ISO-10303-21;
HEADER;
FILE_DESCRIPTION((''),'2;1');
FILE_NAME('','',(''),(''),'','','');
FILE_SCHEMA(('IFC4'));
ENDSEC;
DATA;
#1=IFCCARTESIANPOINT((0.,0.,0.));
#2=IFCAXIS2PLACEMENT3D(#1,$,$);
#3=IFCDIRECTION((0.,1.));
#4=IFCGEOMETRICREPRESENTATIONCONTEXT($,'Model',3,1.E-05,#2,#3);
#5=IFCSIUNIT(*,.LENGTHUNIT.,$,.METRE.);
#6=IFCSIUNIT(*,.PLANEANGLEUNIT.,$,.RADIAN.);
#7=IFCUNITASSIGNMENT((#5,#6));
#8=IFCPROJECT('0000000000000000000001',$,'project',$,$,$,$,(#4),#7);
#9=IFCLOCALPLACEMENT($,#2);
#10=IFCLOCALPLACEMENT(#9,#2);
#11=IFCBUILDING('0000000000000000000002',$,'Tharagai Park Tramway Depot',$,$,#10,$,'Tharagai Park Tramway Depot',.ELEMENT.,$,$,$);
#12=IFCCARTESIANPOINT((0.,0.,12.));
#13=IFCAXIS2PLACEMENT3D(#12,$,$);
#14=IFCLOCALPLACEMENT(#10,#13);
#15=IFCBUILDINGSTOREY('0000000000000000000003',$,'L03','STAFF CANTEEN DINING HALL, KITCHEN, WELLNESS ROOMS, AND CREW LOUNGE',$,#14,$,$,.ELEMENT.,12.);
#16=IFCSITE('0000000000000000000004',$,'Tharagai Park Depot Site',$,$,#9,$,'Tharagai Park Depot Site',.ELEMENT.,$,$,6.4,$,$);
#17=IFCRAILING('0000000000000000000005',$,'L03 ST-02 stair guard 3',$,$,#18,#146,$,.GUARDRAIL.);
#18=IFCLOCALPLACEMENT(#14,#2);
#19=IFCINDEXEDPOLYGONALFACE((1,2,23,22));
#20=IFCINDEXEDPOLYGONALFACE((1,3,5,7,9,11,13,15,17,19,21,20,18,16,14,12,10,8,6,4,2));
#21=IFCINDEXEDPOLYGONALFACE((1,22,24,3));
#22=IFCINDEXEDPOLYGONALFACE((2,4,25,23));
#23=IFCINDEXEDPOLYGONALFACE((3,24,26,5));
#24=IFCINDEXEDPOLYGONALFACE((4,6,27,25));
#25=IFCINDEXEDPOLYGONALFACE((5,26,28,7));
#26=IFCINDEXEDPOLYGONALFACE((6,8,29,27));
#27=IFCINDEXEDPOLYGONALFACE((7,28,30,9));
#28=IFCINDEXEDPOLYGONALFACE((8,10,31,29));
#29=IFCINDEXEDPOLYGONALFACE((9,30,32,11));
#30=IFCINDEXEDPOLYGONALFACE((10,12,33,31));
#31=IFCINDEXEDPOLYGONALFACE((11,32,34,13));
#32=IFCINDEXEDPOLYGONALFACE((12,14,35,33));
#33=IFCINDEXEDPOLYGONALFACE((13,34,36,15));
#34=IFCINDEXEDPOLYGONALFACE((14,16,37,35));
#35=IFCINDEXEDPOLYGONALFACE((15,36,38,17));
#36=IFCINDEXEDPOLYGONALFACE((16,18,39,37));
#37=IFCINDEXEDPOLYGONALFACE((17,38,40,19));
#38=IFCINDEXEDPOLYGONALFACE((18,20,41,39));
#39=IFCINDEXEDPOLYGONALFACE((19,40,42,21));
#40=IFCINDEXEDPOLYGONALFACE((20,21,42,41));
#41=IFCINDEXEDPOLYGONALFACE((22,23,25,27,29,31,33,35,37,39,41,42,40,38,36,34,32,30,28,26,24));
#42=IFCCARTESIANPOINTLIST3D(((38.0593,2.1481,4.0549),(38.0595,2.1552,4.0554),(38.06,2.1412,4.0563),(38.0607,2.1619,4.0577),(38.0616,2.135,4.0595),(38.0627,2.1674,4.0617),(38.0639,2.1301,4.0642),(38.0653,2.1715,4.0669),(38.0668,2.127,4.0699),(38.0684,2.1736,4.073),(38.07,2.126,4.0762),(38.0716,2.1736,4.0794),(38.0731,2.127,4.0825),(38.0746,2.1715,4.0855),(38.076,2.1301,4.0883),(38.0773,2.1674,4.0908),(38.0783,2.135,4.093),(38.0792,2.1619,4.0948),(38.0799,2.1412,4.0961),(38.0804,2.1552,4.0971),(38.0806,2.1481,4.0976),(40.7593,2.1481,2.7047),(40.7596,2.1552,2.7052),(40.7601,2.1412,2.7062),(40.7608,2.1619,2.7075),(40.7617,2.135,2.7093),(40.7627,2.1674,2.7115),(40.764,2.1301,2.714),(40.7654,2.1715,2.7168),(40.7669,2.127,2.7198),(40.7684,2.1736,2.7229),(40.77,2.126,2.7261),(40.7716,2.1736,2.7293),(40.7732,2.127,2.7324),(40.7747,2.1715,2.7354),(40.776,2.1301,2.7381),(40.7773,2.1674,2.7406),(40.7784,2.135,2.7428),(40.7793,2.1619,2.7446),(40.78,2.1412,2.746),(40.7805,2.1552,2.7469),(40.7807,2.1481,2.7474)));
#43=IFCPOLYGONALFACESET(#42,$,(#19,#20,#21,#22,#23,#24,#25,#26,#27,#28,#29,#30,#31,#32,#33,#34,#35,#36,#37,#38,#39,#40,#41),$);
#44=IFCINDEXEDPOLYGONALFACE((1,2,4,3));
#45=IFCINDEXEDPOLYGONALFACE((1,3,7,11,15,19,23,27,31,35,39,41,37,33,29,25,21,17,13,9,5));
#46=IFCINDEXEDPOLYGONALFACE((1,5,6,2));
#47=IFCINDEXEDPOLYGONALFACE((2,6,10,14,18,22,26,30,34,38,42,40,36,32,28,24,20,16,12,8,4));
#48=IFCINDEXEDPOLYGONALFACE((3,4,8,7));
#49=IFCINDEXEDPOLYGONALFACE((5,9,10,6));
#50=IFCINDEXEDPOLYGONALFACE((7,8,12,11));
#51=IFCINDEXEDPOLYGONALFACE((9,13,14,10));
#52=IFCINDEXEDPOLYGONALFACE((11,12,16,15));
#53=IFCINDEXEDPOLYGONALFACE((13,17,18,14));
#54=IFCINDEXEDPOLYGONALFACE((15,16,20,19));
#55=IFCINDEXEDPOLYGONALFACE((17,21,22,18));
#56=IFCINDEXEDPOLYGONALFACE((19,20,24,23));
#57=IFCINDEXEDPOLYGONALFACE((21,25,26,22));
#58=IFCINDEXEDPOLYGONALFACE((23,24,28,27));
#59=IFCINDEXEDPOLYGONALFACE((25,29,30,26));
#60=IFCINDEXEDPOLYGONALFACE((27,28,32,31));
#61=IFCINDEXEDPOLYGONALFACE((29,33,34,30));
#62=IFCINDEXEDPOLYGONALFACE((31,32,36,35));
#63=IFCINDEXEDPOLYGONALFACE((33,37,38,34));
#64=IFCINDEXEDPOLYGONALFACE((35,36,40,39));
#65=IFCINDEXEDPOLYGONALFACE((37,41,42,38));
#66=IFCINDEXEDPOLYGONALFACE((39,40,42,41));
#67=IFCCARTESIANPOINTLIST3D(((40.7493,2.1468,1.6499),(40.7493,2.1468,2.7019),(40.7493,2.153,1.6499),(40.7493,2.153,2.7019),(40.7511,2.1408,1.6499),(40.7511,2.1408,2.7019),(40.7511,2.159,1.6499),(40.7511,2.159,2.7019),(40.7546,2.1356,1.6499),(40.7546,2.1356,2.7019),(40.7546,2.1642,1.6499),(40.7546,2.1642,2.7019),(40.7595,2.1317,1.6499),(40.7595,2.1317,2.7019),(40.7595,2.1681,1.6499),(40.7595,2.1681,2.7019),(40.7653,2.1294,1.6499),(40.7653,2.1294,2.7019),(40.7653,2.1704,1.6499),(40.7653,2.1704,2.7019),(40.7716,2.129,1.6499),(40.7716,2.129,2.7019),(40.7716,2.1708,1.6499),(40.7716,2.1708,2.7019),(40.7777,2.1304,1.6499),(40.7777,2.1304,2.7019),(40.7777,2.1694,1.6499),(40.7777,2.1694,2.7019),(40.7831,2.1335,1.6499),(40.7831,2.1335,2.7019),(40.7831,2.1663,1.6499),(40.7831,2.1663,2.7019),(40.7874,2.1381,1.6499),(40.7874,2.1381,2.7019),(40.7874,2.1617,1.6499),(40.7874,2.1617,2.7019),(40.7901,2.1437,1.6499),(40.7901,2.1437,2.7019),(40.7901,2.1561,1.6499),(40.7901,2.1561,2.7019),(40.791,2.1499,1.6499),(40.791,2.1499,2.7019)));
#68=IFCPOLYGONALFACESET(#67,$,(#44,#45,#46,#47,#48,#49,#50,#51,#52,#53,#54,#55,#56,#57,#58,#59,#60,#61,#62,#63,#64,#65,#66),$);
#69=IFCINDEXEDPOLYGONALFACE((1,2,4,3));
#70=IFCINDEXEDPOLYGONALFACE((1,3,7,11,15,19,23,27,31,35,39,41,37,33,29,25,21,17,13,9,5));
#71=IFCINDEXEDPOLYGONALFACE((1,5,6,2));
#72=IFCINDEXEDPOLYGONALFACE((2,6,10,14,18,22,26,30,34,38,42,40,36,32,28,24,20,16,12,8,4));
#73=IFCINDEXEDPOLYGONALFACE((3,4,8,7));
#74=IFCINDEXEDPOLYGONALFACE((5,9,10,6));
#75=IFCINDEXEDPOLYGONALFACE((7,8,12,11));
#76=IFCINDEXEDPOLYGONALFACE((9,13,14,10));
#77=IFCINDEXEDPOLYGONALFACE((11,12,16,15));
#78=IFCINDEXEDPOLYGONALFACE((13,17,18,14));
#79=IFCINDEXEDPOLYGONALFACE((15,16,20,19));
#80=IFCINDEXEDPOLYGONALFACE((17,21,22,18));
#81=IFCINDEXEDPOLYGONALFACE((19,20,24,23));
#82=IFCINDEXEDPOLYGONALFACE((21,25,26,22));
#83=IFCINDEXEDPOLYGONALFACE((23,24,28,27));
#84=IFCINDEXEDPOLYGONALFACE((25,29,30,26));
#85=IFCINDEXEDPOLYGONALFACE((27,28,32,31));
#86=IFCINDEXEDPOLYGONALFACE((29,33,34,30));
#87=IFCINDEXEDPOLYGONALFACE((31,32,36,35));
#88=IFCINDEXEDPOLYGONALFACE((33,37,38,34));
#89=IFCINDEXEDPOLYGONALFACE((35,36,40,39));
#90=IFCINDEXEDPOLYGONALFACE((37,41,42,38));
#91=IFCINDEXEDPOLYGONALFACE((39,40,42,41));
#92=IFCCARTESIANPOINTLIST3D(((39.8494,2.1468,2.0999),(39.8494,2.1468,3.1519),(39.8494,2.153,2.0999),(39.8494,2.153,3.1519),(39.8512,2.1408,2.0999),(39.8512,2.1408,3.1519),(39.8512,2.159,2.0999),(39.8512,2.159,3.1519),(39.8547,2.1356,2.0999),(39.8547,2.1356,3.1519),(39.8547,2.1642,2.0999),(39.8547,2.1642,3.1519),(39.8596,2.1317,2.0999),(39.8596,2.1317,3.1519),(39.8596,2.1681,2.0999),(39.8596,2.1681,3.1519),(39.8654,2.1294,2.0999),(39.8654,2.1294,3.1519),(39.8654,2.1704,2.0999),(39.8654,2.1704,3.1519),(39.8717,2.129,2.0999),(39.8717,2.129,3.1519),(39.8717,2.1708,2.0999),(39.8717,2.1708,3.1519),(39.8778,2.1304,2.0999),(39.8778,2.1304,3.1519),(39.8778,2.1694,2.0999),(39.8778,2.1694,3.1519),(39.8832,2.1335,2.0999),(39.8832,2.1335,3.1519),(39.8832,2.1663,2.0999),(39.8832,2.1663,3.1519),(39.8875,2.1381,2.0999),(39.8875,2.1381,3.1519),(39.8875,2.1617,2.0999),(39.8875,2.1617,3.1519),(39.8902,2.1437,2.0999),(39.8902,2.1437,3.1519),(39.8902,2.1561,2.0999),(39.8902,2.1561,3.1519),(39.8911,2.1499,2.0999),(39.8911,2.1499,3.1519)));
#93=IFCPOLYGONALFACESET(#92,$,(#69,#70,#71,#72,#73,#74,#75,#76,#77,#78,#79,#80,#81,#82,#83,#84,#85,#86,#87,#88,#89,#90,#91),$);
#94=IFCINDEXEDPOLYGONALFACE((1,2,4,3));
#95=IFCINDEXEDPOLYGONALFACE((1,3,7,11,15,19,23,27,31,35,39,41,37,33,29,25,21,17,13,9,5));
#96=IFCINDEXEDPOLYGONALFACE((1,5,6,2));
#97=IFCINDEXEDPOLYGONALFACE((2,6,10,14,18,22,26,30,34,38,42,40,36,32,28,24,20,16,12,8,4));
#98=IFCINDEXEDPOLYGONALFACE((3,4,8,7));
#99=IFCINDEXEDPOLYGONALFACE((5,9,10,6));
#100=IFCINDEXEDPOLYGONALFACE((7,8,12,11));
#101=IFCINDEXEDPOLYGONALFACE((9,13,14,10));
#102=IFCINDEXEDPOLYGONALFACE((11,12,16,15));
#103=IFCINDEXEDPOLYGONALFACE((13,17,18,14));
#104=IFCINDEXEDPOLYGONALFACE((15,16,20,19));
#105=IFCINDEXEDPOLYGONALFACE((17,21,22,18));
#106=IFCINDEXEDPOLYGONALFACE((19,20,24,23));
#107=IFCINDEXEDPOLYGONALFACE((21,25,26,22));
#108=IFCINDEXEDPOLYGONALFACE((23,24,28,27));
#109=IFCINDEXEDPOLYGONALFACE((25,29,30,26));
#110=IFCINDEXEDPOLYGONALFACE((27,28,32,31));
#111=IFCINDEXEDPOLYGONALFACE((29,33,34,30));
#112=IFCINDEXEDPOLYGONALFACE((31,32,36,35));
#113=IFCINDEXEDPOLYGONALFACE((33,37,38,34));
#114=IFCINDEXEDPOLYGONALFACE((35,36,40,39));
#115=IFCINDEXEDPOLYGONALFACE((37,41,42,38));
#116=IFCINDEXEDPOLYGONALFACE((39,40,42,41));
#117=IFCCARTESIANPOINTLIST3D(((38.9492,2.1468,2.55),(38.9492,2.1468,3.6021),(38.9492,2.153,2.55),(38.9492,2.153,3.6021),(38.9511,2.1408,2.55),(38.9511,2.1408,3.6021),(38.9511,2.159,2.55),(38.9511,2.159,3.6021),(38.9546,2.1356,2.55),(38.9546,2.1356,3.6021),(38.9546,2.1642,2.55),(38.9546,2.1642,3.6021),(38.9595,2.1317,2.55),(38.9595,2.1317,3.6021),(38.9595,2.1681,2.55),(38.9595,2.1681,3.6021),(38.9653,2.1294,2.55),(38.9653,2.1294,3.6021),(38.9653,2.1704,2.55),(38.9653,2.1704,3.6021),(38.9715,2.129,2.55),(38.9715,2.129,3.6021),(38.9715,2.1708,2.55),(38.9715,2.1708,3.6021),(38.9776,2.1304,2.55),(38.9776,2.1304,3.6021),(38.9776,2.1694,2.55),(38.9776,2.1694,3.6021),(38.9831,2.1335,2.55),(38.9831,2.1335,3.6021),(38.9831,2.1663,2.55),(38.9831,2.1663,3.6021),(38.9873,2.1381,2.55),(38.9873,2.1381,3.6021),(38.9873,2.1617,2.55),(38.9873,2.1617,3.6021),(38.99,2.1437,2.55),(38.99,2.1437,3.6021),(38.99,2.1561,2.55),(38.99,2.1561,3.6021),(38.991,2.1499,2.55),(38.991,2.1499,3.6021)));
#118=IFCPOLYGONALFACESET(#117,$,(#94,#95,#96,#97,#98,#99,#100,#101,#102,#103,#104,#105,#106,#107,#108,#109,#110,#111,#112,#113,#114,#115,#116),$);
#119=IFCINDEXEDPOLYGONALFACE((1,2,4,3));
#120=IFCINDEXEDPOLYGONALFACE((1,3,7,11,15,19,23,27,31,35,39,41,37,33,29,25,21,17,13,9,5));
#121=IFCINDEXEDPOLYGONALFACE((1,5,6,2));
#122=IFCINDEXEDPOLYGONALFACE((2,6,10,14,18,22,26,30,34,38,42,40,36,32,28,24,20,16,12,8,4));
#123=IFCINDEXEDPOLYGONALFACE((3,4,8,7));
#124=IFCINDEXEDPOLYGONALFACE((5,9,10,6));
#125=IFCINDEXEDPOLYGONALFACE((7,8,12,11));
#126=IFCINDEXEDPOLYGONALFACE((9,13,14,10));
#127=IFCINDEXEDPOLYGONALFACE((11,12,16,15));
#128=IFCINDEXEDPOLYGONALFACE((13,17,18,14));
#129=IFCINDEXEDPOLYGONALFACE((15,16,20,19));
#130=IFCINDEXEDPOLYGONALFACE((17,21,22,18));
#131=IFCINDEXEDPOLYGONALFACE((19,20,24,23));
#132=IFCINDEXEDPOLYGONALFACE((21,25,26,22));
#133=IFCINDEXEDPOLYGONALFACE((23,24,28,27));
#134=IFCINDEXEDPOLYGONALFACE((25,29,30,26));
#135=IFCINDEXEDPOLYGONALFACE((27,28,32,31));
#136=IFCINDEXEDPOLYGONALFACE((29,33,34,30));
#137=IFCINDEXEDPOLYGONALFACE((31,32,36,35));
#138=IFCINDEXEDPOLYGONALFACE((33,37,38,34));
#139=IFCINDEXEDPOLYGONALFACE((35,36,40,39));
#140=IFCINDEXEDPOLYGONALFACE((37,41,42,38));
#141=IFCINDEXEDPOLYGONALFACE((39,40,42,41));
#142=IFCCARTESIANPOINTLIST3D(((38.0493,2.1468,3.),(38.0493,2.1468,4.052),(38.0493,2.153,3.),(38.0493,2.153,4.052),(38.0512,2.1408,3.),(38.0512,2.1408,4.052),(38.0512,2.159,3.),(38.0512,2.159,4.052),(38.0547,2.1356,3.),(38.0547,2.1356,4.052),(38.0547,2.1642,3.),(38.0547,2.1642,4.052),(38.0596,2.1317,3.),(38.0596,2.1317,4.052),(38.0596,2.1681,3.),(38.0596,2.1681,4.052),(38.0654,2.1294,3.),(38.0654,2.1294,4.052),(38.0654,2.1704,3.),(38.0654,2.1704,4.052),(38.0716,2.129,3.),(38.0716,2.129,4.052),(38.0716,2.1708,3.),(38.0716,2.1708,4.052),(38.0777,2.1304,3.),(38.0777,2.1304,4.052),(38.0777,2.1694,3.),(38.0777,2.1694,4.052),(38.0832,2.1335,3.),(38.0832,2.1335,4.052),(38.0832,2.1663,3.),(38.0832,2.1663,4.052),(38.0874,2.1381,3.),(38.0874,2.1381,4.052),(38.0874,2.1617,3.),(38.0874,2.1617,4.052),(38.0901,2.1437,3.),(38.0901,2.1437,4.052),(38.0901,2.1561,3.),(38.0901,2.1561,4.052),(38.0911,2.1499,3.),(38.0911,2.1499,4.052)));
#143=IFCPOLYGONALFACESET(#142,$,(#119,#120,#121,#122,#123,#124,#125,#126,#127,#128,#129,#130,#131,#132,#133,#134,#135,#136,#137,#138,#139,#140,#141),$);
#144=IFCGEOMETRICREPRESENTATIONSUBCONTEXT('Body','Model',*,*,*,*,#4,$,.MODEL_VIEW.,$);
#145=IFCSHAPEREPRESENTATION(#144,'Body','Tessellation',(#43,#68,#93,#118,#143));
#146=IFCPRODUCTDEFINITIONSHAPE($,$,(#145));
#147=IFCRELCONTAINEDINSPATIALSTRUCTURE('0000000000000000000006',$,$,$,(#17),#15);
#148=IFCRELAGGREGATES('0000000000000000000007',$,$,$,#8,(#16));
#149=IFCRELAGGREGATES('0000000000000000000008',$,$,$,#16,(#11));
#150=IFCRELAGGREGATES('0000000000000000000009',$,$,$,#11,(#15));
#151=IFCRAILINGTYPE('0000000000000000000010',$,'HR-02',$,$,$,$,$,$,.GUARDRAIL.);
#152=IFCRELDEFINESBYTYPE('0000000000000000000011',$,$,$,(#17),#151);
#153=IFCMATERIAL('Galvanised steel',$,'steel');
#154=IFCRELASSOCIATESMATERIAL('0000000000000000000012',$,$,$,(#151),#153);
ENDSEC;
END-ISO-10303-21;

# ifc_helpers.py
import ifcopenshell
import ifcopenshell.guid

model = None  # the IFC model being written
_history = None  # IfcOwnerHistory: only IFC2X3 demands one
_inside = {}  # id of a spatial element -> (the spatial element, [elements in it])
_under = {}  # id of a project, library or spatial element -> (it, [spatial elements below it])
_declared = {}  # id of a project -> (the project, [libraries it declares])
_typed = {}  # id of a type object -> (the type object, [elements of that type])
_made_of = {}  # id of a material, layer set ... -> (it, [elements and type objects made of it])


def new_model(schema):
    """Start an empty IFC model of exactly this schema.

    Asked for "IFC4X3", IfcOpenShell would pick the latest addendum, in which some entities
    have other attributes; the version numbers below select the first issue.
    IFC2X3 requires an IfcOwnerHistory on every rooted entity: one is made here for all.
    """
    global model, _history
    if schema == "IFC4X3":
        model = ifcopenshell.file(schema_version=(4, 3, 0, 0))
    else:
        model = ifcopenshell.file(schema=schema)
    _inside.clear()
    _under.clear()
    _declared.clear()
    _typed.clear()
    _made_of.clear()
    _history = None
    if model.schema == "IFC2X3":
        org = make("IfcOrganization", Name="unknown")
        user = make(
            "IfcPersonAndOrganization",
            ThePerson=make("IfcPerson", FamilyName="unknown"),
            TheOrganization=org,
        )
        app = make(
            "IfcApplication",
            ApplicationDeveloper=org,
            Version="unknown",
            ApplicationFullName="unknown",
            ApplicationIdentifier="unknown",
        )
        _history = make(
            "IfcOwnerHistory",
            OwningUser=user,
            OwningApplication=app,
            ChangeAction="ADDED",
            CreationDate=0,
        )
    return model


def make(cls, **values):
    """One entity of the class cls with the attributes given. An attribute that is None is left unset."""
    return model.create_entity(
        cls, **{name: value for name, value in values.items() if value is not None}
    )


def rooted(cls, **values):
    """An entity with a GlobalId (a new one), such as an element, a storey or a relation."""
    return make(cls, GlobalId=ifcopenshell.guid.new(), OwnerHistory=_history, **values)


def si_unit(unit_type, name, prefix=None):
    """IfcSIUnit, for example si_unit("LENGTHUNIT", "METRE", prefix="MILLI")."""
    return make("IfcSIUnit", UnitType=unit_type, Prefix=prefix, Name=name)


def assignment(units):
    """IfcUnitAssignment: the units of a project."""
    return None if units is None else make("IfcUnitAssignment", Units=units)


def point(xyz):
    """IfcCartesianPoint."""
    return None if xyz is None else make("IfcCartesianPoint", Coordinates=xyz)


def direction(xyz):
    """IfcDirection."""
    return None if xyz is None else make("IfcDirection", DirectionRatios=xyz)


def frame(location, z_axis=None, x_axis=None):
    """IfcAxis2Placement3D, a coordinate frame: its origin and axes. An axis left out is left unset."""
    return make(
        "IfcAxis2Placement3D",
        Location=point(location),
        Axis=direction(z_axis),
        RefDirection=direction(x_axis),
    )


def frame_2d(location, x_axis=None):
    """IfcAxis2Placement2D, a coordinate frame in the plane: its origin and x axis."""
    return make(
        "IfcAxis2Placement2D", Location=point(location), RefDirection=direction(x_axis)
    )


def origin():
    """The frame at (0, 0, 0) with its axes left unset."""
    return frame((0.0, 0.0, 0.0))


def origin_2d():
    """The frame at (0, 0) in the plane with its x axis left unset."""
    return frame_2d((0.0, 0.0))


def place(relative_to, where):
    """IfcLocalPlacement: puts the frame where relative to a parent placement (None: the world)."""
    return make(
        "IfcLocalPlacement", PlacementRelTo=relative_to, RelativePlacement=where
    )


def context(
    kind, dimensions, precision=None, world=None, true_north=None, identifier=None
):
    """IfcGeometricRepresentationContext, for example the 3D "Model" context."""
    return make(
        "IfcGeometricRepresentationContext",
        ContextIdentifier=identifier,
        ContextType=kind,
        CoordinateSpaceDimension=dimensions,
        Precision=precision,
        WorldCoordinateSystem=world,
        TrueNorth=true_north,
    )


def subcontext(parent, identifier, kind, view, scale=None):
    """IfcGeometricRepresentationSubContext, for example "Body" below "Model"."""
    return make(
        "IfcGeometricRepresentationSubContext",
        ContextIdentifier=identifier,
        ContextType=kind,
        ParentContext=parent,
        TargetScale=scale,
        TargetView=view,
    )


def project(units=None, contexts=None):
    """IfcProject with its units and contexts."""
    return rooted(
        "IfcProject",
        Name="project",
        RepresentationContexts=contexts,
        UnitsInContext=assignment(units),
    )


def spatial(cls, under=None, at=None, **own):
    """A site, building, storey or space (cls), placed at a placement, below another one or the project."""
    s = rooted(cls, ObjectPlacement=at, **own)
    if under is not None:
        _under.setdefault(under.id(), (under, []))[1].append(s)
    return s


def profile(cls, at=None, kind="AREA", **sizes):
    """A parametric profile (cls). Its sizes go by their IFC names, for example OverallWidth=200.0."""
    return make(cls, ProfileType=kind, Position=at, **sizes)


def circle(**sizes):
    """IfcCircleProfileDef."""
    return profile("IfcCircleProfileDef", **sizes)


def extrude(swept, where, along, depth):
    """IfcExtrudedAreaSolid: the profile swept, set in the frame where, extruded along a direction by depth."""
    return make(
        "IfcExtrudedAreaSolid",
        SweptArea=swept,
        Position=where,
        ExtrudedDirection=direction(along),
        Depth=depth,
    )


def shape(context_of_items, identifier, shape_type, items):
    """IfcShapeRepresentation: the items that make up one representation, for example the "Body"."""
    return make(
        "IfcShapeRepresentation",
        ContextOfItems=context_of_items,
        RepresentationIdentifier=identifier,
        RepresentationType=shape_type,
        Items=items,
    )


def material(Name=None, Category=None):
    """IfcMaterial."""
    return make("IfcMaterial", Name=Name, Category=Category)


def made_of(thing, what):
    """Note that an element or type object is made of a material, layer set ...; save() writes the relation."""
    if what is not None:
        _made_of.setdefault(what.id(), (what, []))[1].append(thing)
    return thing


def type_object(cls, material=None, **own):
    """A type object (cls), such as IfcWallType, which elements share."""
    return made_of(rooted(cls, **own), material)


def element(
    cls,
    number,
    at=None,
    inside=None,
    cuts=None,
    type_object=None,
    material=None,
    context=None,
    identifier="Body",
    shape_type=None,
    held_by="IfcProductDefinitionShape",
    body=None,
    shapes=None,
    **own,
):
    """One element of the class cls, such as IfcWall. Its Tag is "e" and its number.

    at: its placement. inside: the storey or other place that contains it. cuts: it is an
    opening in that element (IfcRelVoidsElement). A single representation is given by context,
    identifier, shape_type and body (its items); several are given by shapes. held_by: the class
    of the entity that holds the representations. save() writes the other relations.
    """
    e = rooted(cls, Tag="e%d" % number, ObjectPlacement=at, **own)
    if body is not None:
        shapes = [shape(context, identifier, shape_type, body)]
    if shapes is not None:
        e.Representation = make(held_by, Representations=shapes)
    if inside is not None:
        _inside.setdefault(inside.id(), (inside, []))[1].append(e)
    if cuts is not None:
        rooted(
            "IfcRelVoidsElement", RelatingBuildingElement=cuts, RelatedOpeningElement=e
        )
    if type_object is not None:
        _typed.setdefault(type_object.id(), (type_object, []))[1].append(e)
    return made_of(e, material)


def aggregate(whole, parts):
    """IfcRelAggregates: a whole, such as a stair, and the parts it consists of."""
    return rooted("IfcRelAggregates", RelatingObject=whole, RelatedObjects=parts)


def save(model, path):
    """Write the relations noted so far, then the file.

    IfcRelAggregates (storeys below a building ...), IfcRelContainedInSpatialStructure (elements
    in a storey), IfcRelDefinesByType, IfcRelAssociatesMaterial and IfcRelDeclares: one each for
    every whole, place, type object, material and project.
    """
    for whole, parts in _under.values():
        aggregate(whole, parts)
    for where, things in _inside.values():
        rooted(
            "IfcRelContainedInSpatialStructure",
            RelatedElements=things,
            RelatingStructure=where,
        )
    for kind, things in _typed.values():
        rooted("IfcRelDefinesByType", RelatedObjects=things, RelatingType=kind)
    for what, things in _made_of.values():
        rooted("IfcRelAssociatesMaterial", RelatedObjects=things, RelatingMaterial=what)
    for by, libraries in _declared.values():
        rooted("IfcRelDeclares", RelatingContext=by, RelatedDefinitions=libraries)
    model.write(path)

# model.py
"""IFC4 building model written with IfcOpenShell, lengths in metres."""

from ifc_helpers import new_model, si_unit, direction, frame, origin, origin_2d, place, context, subcontext, project, spatial, circle, extrude, material, type_object, element, save


model = new_model("IFC4")

# Units and contexts
model_context = context("Model", 3, precision=1e-05, world=origin(), true_north=direction((0.0, 1.0)))
body_context = subcontext(model_context, "Body", "Model", "MODEL_VIEW")
ifc_project = project(units=[si_unit("LENGTHUNIT", "METRE"), si_unit("PLANEANGLEUNIT", "RADIAN")], contexts=[model_context])

# Site, building, storey
site_placement = place(None, origin())
site = spatial("IfcSite", under=ifc_project, at=site_placement, Name="Tharagai Park Depot Site", LongName="Tharagai Park Depot Site", CompositionType="ELEMENT", RefElevation=6.4)
building_placement = place(site_placement, origin())
building = spatial("IfcBuilding", under=site, at=building_placement, Name="Tharagai Park Tramway Depot", LongName="Tharagai Park Tramway Depot", CompositionType="ELEMENT")
storey_placement = place(building_placement, frame((0.0, 0.0, 12.0)))
storey = spatial("IfcBuildingStorey", under=building, at=storey_placement, Name="L03", Description="STAFF CANTEEN DINING HALL, KITCHEN, WELLNESS ROOMS, AND CREW LOUNGE", CompositionType="ELEMENT", Elevation=12.0)

# Railing
ifc_material_1 = material(Name="Galvanised steel", Category="steel")
railing_type_1 = type_object("IfcRailingType", Name="HR-02", PredefinedType="GUARDRAIL", material=ifc_material_1)
railing_1_placement = place(storey_placement, frame((40.77, 2.1499, 1.6499)))
element("IfcRailing", 1, at=railing_1_placement, inside=storey, type_object=railing_type_1, Name="L03 ST-02 stair guard 3", PredefinedType="GUARDRAIL", context=body_context, shape_type="SweptSolid", body=[
    extrude(circle(Radius=0.0239, at=origin_2d()), frame((0.0, 0.0, 1.0762), z_axis=(-0.894411, 0.0, 0.447246), x_axis=(0.0, -1.0, 0.0)), (0.0, 0.0, 1.0), 3.0188),
    extrude(circle(Radius=0.021, at=origin_2d()), origin(), (0.0, 0.0, 1.0), 1.052),
    extrude(circle(Radius=0.021, at=origin_2d()), frame((-0.8999, 0.0, 0.45)), (0.0, 0.0, 1.0), 1.052),
    extrude(circle(Radius=0.021, at=origin_2d()), frame((-1.8, 0.0, 0.9001)), (0.0, 0.0, 1.0), 1.052),
    extrude(circle(Radius=0.021, at=origin_2d()), frame((-2.7, 0.0, 1.3501)), (0.0, 0.0, 1.0), 1.052),
])

save(model, "model.ifc")
